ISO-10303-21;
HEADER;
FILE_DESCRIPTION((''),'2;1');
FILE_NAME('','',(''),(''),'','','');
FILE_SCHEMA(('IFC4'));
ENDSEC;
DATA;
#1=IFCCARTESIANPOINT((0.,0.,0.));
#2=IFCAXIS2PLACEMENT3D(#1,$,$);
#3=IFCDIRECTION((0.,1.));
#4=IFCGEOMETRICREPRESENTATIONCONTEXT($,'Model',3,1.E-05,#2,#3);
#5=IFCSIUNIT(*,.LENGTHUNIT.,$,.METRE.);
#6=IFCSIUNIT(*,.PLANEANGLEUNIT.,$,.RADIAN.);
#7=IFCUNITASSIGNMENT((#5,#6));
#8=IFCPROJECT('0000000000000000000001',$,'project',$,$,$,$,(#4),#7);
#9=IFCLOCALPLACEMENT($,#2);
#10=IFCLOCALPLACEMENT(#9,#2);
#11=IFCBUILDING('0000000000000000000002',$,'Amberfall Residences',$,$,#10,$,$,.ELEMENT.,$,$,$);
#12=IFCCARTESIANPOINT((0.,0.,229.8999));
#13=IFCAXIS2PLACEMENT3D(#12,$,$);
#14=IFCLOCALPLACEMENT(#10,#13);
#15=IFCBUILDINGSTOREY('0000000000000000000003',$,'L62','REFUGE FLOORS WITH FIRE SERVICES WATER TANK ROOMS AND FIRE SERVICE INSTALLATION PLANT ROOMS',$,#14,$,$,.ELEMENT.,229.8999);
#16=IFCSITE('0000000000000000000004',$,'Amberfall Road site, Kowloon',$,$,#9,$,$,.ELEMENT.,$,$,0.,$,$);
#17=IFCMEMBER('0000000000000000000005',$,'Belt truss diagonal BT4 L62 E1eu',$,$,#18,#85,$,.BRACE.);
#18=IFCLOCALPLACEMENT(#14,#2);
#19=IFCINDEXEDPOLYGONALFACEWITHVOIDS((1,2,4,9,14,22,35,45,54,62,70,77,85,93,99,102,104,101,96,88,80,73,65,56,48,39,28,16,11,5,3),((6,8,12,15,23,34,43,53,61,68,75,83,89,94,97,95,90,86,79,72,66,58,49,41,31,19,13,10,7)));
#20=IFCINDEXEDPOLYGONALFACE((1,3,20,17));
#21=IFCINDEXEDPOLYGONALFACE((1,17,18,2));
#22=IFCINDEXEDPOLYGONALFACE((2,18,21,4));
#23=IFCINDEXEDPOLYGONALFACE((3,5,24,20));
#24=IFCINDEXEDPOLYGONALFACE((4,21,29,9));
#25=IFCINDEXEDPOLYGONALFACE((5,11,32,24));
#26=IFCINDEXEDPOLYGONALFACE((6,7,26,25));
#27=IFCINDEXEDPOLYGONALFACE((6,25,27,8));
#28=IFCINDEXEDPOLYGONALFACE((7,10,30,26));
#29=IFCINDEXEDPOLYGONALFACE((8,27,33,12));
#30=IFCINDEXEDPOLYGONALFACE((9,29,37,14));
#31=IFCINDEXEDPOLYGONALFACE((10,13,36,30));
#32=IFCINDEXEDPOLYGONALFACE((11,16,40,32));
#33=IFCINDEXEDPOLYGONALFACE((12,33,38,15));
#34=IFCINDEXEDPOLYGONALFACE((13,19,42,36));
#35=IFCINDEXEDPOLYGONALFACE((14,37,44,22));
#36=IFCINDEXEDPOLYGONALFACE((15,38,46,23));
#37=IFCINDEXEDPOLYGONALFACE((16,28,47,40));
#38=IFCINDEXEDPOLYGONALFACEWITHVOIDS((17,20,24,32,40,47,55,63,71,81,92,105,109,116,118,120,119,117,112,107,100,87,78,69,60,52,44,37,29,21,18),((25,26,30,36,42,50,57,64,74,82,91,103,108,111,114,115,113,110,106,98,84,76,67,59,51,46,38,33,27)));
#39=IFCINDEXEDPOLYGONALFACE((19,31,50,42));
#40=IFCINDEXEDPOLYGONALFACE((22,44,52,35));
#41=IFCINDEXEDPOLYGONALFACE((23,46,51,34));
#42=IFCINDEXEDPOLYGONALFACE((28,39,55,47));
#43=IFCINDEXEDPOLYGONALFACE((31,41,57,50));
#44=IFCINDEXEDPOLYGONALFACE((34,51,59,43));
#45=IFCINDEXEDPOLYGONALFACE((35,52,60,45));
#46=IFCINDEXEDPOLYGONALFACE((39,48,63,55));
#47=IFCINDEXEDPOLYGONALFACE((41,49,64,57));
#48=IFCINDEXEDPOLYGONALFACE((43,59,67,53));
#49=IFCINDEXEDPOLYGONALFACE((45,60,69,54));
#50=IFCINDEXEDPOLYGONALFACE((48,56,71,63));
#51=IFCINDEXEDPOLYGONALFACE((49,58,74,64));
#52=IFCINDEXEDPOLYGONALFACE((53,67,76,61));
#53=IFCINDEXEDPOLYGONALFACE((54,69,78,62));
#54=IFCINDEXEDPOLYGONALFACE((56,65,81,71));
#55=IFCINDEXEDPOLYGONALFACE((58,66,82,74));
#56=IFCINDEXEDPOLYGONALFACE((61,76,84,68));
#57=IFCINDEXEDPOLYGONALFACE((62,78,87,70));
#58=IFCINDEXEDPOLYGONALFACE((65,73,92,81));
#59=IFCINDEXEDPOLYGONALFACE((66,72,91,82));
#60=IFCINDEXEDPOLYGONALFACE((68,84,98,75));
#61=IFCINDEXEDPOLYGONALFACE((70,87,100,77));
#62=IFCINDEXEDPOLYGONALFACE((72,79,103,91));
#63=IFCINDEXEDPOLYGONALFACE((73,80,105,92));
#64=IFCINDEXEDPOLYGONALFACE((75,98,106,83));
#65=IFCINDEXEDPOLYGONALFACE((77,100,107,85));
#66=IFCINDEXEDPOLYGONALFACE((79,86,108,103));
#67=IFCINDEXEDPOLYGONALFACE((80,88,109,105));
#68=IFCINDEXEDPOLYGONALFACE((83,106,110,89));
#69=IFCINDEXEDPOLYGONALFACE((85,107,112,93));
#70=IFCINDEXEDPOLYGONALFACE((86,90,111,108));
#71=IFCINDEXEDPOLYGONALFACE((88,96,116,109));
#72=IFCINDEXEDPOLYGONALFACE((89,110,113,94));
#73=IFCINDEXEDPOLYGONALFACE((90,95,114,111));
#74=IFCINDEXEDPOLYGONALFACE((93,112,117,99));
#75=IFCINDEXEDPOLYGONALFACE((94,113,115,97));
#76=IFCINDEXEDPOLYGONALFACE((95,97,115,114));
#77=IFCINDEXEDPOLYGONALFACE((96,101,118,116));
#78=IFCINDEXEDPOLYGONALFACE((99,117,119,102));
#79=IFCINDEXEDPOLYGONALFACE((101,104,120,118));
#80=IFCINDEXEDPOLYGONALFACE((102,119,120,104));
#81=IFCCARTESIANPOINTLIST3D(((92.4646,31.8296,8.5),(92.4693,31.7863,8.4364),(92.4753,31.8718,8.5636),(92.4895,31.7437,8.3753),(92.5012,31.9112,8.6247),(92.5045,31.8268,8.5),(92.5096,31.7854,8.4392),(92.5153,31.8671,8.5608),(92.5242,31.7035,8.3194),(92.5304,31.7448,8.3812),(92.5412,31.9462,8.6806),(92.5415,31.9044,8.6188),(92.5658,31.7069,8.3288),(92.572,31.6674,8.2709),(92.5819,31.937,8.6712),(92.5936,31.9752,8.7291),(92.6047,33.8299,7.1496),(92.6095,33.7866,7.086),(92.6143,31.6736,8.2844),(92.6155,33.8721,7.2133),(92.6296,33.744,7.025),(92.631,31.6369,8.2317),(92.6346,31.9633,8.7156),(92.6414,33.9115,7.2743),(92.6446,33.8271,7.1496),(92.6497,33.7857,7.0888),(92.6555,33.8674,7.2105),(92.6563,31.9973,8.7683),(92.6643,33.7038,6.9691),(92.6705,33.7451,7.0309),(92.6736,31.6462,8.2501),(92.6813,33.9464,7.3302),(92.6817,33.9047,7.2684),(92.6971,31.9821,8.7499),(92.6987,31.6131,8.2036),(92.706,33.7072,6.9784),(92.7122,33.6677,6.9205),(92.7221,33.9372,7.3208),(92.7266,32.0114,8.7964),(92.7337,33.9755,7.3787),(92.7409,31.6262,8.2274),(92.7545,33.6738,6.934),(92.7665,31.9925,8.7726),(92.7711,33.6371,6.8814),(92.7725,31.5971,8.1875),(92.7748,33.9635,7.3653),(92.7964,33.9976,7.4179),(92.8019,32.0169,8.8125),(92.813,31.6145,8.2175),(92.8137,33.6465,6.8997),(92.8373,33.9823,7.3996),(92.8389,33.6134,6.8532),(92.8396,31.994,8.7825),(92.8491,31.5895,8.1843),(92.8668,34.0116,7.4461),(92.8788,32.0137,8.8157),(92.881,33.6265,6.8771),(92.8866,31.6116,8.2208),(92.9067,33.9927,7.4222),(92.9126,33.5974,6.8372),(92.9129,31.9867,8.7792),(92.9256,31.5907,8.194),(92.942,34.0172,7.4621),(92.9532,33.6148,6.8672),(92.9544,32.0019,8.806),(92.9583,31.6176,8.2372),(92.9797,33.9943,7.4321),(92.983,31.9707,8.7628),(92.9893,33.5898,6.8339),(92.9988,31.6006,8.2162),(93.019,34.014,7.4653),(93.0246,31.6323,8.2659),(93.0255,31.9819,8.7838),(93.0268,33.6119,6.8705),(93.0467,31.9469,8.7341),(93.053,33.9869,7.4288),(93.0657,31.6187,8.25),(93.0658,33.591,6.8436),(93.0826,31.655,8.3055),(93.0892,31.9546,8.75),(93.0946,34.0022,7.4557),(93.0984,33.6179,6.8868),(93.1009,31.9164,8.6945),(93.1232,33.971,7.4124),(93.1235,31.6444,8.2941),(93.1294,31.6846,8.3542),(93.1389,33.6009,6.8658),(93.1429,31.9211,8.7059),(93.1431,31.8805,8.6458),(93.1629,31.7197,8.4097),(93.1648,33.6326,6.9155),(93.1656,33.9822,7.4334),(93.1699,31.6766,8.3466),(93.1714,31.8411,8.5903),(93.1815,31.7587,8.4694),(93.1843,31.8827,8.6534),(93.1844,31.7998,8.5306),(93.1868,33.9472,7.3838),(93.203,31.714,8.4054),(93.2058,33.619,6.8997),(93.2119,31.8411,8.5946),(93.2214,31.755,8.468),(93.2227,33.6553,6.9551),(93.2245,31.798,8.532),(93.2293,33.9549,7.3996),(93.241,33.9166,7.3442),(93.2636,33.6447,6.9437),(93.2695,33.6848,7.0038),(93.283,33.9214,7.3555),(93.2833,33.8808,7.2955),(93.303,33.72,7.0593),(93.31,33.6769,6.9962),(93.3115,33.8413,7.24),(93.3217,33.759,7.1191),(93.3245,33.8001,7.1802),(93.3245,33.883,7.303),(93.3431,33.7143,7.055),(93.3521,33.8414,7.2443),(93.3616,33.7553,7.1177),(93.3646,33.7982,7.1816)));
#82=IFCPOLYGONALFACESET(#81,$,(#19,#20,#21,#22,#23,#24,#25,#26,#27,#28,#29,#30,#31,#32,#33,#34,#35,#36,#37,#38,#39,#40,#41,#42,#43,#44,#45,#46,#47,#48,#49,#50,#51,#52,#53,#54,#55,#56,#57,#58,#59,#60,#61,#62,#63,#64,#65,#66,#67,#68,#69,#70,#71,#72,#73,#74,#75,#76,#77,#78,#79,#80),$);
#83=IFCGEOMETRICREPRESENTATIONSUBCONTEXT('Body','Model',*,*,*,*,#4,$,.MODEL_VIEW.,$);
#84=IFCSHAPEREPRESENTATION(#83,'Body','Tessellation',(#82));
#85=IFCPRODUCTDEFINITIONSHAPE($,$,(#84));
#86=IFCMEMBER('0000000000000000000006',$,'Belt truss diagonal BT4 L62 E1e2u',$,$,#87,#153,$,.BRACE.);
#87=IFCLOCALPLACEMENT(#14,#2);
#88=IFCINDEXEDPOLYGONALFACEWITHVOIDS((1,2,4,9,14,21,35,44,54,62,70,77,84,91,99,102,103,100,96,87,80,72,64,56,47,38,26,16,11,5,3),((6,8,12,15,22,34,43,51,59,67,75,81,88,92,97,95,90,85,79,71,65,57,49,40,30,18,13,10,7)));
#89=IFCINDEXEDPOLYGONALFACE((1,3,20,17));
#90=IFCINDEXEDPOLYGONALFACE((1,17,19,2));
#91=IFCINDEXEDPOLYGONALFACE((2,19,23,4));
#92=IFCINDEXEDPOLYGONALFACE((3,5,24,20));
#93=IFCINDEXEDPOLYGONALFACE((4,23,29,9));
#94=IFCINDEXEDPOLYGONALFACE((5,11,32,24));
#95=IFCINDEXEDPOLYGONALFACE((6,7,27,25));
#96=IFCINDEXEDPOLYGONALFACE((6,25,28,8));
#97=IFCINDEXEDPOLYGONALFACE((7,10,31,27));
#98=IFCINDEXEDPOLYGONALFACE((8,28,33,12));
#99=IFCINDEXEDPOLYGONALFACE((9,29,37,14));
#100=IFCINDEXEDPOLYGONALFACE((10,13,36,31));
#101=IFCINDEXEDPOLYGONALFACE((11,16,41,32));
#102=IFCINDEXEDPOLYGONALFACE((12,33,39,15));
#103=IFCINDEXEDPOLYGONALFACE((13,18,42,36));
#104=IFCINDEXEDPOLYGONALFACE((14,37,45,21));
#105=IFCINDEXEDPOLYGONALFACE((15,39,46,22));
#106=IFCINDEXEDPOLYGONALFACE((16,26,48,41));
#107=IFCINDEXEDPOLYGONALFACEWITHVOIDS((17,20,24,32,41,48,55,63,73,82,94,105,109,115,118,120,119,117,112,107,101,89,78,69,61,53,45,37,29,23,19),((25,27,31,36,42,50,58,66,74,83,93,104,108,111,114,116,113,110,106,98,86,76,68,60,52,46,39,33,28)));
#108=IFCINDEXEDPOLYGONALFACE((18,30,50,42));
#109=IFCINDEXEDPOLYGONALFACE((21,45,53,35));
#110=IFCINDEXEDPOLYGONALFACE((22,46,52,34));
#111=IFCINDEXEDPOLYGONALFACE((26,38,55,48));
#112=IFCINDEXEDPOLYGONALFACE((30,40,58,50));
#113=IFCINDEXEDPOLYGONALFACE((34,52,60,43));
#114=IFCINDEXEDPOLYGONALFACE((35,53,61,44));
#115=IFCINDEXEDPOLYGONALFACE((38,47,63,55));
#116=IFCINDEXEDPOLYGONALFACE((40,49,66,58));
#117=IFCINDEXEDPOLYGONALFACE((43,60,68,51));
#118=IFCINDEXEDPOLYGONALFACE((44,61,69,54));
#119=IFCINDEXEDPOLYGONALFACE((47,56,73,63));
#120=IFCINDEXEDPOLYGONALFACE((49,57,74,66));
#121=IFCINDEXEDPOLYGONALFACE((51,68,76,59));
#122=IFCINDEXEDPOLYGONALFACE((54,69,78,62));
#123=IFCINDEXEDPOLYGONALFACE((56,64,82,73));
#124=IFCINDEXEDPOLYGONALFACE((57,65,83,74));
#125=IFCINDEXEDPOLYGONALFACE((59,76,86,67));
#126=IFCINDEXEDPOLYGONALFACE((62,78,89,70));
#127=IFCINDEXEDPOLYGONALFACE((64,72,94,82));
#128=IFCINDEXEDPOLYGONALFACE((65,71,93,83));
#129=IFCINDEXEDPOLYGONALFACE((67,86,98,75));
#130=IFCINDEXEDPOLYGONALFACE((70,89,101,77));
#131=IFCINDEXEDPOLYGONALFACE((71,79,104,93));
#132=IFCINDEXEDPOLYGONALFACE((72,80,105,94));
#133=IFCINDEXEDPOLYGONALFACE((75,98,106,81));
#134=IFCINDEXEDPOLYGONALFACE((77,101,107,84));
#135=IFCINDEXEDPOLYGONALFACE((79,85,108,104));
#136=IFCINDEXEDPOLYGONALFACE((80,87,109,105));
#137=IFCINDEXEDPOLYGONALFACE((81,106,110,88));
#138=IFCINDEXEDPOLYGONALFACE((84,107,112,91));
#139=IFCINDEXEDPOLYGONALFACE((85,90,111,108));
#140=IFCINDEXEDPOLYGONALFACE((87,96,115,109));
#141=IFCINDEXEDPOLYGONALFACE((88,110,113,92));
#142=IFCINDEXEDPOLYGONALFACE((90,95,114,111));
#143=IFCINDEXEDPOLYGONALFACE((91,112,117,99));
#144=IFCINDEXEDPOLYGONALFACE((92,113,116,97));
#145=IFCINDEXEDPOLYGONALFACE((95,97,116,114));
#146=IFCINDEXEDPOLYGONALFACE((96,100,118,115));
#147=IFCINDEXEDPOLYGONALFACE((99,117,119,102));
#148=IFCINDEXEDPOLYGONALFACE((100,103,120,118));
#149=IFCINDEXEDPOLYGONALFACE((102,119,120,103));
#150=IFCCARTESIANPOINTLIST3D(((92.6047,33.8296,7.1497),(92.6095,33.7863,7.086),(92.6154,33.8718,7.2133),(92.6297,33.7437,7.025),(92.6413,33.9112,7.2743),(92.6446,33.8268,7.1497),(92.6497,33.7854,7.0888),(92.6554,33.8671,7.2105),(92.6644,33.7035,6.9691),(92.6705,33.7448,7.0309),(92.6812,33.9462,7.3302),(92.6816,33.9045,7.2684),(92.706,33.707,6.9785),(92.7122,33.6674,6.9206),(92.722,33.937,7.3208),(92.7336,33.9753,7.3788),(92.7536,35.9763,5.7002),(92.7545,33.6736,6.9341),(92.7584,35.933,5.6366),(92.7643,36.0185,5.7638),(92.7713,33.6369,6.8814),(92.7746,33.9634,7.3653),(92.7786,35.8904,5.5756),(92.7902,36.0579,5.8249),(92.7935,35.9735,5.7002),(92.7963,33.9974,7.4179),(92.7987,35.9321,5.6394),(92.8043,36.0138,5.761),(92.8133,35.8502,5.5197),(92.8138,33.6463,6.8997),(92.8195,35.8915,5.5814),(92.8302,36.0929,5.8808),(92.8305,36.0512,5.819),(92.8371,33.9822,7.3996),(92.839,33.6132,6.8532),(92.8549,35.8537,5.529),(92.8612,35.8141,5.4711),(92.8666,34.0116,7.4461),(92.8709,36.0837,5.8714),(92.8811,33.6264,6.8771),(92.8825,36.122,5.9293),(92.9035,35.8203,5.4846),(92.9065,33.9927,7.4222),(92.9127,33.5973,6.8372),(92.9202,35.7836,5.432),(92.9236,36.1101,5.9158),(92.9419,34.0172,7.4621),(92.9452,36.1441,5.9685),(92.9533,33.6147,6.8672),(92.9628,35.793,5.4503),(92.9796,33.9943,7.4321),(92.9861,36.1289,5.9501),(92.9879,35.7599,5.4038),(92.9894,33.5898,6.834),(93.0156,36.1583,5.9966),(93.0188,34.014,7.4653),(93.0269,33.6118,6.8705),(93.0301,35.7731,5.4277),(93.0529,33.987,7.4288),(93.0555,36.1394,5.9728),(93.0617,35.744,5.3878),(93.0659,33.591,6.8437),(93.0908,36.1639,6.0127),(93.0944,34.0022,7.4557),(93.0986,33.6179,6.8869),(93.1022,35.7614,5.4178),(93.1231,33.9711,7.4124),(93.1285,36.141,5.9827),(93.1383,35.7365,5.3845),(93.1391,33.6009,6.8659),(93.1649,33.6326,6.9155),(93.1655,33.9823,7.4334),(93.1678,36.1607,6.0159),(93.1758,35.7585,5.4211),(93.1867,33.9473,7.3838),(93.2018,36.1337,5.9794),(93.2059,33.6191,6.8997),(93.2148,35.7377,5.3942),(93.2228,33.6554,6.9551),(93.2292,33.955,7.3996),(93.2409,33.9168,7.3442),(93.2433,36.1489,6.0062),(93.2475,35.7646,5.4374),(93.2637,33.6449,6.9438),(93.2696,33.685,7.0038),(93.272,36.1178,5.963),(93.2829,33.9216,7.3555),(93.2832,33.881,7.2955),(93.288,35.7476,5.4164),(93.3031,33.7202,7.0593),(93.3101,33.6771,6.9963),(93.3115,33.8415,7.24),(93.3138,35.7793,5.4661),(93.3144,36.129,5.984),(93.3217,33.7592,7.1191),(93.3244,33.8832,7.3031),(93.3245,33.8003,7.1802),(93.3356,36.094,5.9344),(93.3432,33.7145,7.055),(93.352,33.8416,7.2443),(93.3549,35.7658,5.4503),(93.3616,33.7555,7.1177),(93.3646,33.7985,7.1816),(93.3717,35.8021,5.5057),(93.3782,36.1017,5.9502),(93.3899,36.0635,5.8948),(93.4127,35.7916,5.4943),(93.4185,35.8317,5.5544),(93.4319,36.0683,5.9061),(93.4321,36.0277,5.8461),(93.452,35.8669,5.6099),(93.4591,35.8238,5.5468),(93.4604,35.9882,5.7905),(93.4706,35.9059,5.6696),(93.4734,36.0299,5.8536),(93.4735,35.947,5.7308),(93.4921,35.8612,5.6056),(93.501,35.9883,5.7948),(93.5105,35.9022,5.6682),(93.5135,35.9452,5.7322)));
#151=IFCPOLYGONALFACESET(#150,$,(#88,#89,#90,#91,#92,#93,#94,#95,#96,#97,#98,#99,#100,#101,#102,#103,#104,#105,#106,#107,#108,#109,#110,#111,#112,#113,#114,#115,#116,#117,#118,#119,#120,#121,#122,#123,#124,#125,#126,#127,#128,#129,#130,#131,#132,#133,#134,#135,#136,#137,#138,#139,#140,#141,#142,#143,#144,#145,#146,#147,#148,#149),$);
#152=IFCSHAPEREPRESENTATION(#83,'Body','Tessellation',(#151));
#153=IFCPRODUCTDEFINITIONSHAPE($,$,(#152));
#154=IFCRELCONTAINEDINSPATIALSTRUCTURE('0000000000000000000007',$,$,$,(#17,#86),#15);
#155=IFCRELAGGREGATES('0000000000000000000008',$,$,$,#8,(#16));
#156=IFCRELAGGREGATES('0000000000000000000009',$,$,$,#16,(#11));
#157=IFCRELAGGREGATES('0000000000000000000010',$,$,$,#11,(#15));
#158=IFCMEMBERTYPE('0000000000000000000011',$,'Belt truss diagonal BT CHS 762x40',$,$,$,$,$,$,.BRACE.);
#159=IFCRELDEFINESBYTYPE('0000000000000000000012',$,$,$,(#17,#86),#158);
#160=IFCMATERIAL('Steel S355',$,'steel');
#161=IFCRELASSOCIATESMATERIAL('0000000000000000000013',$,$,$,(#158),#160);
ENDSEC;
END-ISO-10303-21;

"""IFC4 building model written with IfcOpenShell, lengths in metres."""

from ifc_helpers import new_model, si_unit, direction, frame, origin, origin_2d, place, context, subcontext, project, spatial, hollow_circle, extrude, material, material_profile, profile_set, type_object, element, save


model = new_model("IFC4")

# Units and contexts
model_context = context("Model", 3, precision=1e-05, world=origin(), true_north=direction((0.0, 1.0)))
body_context = subcontext(model_context, "Body", "Model", "MODEL_VIEW")
ifc_project = project(units=[si_unit("LENGTHUNIT", "METRE"), si_unit("PLANEANGLEUNIT", "RADIAN")], contexts=[model_context])

# Site, building, storey
site_placement = place(None, origin())
site = spatial("IfcSite", under=ifc_project, at=site_placement, Name="Amberfall Road site, Kowloon", CompositionType="ELEMENT", RefElevation=0.0)
building_placement = place(site_placement, origin())
building = spatial("IfcBuilding", under=site, at=building_placement, Name="Amberfall Residences", CompositionType="ELEMENT")
storey_placement = place(building_placement, frame((0.0, 0.0, 229.8999)))
storey = spatial("IfcBuildingStorey", under=building, at=storey_placement, Name="L62", Description="REFUGE FLOORS WITH FIRE SERVICES WATER TANK ROOMS AND FIRE SERVICE INSTALLATION PLANT ROOMS", CompositionType="ELEMENT", Elevation=229.8999)

# Shared definitions
ifc_material_1 = material(Name="Steel S355", Category="steel")

# Members
ifc_material_profile_1 = material_profile(ifc_material_1, hollow_circle(Radius=0.3811, WallThickness=0.04, at=origin_2d()), Name="CHS 762x40")
ifc_profile_set_1 = profile_set([ifc_material_profile_1], Name="Steel S355")
member_type = type_object("IfcMemberType", Name="Belt truss diagonal BT CHS 762x40", PredefinedType="BRACE", material=ifc_profile_set_1)
member_1_placement = place(storey_placement, frame((92.8447, 31.803, 8.5), z_axis=(0.057969, 0.827421, -0.558582), x_axis=(-0.997555, 0.069888, 0.0)))
element("IfcMember", 1, at=member_1_placement, inside=storey, type_object=member_type, Name="Belt truss diagonal BT4 L62 E1eu", PredefinedType="BRACE", context=body_context, shape_type="SweptSolid", body=[
    extrude(hollow_circle(Radius=0.3811, WallThickness=0.04, at=origin_2d()), origin(), (0.0, 0.0, 1.0), 2.4175),
])
member_2_placement = place(storey_placement, frame((92.9849, 33.8032, 7.1497), z_axis=(0.0574, 0.827407, -0.558662), x_axis=(-0.997602, 0.069207, 0.0)))
element("IfcMember", 2, at=member_2_placement, inside=storey, type_object=member_type, Name="Belt truss diagonal BT4 L62 E1e2u", PredefinedType="BRACE", context=body_context, shape_type="SweptSolid", body=[
    extrude(hollow_circle(Radius=0.3811, WallThickness=0.04, at=origin_2d()), origin(), (0.0, 0.0, 1.0), 2.5945),
])

save(model, "model.ifc")
